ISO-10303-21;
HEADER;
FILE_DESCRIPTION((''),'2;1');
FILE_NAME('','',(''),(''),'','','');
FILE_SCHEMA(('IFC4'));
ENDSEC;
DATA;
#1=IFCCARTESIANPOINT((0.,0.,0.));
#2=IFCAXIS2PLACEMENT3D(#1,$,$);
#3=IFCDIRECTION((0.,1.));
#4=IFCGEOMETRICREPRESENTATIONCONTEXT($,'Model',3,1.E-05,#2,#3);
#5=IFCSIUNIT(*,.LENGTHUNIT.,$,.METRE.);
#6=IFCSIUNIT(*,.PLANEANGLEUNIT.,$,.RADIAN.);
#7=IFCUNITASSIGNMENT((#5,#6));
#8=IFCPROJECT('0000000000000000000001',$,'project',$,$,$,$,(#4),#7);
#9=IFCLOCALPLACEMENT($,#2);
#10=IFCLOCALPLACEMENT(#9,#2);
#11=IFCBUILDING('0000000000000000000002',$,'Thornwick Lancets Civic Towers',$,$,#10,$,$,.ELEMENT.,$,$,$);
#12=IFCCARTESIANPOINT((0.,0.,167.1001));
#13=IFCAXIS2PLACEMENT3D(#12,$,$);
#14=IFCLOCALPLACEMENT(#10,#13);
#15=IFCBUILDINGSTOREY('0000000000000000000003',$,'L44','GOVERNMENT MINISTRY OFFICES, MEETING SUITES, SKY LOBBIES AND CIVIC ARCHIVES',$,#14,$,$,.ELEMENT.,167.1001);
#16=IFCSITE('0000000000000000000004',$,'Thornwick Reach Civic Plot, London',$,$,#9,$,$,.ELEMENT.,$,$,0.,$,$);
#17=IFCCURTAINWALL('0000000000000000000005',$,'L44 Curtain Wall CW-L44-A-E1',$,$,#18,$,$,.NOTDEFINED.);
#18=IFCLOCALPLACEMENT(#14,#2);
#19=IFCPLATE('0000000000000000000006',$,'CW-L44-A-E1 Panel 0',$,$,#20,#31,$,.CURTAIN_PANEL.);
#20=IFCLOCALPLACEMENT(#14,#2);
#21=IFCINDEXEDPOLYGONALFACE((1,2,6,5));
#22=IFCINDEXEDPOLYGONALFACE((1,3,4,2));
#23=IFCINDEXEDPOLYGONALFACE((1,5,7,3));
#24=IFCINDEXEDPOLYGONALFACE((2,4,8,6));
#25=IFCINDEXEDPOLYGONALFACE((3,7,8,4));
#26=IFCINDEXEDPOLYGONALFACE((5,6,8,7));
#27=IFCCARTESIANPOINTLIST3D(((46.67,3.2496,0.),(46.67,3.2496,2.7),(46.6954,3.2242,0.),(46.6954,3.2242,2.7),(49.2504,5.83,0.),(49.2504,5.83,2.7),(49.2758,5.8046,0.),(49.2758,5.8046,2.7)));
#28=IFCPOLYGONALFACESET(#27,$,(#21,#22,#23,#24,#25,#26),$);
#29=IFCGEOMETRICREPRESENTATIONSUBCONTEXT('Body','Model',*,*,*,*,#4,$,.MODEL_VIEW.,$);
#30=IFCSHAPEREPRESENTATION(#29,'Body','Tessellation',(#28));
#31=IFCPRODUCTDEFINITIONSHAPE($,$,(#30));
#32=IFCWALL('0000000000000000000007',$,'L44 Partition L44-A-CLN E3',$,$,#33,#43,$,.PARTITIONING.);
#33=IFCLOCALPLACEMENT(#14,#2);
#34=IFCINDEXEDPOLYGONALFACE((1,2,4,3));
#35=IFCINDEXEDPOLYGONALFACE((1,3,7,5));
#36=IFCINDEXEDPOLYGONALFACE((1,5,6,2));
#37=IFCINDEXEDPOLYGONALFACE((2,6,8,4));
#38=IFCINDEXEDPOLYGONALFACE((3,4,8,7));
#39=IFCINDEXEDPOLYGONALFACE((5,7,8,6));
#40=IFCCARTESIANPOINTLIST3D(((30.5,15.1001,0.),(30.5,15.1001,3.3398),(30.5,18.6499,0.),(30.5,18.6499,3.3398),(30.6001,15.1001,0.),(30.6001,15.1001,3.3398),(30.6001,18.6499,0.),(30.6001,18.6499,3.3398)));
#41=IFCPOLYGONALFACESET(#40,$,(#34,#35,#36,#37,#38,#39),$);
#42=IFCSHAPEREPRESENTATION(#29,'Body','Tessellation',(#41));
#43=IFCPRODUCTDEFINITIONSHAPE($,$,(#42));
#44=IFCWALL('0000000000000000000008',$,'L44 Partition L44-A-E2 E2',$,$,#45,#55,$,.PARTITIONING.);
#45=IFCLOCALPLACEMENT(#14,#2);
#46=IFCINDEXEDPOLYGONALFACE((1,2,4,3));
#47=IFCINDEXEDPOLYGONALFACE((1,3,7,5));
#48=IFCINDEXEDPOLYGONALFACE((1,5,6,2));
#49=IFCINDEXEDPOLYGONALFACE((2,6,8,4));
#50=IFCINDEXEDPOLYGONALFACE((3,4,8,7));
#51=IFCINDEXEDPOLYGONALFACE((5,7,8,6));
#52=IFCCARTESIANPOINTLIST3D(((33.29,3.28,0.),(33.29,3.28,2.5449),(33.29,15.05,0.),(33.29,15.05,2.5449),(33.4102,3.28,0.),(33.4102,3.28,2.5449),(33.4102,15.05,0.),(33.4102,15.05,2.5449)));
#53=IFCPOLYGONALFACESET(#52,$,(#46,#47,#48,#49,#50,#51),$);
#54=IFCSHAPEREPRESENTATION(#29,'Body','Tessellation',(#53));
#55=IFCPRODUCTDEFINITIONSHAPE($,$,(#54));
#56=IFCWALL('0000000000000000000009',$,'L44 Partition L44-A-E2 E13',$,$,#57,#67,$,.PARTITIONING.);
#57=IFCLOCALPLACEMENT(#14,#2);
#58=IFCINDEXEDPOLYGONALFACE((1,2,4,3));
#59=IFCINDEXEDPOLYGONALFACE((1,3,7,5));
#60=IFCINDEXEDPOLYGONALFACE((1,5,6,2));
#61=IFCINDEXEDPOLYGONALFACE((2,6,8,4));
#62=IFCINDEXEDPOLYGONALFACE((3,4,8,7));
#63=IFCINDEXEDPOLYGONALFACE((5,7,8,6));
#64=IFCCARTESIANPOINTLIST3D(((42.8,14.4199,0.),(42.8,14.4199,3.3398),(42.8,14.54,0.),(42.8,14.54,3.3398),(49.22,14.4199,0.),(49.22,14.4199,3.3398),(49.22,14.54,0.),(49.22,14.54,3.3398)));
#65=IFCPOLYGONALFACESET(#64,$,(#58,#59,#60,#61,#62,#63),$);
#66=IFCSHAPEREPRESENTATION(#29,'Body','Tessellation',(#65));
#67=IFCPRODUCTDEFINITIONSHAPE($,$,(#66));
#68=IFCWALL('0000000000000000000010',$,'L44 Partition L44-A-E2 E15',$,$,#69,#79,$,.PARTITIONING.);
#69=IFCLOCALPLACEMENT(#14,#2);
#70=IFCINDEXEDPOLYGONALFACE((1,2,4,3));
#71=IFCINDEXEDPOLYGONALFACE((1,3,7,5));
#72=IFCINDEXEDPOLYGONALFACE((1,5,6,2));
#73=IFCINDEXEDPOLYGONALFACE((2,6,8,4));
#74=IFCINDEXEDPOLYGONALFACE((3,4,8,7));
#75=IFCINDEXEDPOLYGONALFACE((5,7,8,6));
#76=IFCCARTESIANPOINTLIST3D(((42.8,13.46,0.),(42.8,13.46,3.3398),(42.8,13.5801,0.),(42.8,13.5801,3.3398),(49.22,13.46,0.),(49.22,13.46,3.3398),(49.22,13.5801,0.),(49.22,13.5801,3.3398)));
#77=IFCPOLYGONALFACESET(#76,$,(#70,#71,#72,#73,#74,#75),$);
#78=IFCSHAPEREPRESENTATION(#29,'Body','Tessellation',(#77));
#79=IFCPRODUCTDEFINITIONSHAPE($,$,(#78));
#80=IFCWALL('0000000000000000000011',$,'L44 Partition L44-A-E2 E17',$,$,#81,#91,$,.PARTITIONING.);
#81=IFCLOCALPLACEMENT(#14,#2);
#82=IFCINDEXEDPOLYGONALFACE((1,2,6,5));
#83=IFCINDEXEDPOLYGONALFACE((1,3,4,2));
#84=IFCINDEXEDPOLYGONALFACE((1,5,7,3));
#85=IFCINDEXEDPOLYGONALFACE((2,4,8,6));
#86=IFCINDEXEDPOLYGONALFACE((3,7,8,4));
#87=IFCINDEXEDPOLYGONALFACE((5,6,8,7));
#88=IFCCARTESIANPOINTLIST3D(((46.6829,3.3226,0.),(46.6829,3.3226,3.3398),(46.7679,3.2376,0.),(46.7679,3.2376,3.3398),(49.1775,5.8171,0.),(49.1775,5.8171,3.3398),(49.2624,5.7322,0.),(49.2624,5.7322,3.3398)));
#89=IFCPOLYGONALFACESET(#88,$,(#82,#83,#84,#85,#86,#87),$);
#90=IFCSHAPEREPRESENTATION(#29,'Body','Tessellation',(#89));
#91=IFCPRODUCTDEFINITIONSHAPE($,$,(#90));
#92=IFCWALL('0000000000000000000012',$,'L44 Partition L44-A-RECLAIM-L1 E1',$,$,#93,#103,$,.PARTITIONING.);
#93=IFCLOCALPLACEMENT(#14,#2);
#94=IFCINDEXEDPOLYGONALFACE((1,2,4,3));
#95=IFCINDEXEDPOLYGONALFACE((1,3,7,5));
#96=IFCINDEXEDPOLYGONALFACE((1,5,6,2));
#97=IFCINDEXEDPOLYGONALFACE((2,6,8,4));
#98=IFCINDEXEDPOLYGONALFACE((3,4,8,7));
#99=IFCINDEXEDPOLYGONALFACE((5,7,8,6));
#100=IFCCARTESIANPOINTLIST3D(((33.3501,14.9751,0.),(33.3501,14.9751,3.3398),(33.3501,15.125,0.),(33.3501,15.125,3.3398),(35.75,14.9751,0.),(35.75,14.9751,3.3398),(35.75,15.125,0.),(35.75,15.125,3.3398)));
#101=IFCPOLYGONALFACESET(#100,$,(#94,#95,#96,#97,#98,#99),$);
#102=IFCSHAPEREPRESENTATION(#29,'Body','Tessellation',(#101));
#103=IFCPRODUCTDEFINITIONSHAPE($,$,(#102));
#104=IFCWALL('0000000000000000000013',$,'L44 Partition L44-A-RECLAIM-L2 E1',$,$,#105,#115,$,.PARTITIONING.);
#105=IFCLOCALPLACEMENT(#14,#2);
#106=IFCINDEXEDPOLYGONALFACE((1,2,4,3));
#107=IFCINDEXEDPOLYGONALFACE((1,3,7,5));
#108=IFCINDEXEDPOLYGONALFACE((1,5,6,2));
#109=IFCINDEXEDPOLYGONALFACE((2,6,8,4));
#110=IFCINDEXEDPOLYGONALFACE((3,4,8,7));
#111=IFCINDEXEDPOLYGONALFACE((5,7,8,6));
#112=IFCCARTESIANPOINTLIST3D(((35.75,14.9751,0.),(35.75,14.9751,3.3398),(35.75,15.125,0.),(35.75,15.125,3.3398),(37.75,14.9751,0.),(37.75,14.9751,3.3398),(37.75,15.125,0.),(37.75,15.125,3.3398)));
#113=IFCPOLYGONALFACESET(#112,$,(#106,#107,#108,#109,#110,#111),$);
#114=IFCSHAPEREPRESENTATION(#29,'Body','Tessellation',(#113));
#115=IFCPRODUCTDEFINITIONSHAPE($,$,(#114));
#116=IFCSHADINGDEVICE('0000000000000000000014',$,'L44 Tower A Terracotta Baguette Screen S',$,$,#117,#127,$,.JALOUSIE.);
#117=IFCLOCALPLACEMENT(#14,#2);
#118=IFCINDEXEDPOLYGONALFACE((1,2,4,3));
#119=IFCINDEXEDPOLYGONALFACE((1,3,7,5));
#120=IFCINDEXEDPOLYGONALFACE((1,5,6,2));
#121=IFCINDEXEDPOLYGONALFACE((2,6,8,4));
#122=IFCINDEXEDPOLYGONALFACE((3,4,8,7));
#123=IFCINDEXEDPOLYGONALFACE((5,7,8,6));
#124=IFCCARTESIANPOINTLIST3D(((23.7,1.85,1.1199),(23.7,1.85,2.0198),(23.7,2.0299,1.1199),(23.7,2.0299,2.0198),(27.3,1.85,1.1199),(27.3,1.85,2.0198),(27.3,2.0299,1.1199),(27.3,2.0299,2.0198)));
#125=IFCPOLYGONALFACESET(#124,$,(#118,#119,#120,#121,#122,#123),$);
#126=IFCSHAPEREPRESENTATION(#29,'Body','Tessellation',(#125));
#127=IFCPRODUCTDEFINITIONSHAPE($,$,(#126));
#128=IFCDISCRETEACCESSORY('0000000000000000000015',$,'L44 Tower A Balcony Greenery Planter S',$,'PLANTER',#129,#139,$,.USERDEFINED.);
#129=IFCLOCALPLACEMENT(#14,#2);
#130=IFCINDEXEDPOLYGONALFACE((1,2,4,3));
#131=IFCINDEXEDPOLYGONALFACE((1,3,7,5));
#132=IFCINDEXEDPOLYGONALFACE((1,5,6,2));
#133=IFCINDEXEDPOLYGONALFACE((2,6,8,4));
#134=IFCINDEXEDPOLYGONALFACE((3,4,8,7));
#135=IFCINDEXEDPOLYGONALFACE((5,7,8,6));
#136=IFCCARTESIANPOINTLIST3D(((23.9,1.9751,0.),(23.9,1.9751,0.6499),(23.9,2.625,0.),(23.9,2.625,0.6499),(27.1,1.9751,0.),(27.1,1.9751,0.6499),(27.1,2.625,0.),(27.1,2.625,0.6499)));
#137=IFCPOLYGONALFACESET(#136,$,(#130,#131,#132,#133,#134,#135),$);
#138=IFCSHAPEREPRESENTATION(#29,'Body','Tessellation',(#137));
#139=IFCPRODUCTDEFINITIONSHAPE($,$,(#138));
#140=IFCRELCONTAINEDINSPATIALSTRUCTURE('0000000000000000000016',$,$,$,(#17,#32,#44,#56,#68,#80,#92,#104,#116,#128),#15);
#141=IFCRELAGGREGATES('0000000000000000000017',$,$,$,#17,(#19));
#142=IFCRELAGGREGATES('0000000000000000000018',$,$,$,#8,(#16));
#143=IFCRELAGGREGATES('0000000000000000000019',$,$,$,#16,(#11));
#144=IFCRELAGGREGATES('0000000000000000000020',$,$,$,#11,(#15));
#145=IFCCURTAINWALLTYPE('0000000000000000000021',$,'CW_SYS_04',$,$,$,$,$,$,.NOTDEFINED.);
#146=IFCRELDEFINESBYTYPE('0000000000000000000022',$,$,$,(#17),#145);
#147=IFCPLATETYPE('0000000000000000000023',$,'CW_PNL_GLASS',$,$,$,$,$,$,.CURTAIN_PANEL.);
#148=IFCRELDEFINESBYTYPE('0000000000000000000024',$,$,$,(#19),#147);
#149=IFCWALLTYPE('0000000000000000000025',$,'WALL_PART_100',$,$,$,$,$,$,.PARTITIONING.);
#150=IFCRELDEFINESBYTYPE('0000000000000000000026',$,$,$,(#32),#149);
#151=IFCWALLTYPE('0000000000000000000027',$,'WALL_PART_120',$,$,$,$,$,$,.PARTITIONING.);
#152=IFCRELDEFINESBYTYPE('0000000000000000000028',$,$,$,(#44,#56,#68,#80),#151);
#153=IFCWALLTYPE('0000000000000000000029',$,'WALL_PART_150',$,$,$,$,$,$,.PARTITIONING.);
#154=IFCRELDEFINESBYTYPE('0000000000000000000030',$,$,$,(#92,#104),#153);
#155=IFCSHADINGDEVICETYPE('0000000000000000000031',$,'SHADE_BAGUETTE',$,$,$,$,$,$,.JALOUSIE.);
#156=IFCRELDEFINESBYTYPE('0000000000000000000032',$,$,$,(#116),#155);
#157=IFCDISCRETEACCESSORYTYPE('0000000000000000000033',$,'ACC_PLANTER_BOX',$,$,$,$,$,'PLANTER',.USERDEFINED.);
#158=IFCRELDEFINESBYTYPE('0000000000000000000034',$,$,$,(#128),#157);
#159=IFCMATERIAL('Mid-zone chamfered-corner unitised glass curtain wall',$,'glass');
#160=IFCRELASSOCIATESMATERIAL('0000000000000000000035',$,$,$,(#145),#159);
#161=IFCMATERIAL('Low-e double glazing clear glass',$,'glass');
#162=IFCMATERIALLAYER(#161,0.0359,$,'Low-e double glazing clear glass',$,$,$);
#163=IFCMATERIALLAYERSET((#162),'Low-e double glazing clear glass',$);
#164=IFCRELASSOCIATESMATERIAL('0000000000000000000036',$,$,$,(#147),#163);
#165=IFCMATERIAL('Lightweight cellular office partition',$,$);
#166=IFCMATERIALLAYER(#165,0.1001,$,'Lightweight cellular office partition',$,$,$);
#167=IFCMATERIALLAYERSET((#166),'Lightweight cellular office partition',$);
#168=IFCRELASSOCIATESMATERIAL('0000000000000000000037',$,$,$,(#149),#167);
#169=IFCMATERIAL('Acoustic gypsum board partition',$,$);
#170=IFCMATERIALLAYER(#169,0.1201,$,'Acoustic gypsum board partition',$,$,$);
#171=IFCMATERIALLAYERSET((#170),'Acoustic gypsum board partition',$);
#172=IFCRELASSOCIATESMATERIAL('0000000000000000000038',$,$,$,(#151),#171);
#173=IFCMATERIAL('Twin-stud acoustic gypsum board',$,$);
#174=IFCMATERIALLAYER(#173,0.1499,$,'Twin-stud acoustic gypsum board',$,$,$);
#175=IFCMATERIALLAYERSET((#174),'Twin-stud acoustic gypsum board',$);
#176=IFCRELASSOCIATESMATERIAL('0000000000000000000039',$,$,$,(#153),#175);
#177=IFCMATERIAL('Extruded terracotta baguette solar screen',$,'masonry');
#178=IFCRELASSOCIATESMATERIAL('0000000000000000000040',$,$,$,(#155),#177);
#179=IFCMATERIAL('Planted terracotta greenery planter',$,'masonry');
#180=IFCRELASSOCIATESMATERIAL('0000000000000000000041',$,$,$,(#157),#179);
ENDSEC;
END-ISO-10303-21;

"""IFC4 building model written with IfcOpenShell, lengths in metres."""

from ifc_helpers import new_model, si_unit, direction, frame, frame_2d, origin, origin_2d, place, context, subcontext, project, spatial, rectangle, extrude, material, layer, layer_set, type_object, element, aggregate, save


model = new_model("IFC4")

# Units and contexts
model_context = context("Model", 3, precision=1e-05, world=origin(), true_north=direction((0.0, 1.0)))
body_context = subcontext(model_context, "Body", "Model", "MODEL_VIEW")
ifc_project = project(units=[si_unit("LENGTHUNIT", "METRE"), si_unit("PLANEANGLEUNIT", "RADIAN")], contexts=[model_context])

# Site, building, storey
site_placement = place(None, origin())
site = spatial("IfcSite", under=ifc_project, at=site_placement, Name="Thornwick Reach Civic Plot, London", CompositionType="ELEMENT", RefElevation=0.0)
building_placement = place(site_placement, origin())
building = spatial("IfcBuilding", under=site, at=building_placement, Name="Thornwick Lancets Civic Towers", CompositionType="ELEMENT")
storey_placement = place(building_placement, frame((0.0, 0.0, 167.1001)))
storey = spatial("IfcBuildingStorey", under=building, at=storey_placement, Name="L44", Description="GOVERNMENT MINISTRY OFFICES, MEETING SUITES, SKY LOBBIES AND CIVIC ARCHIVES", CompositionType="ELEMENT", Elevation=167.1001)

# Curtain wall, plate
ifc_material_1 = material(Name="Mid-zone chamfered-corner unitised glass curtain wall", Category="glass")
curtain_wall_type = type_object("IfcCurtainWallType", Name="CW_SYS_04", PredefinedType="NOTDEFINED", material=ifc_material_1)
curtain_wall_placement = place(storey_placement, origin())
curtain_wall = element("IfcCurtainWall", 1, at=curtain_wall_placement, inside=storey, type_object=curtain_wall_type, Name="L44 Curtain Wall CW-L44-A-E1", PredefinedType="NOTDEFINED")
ifc_material_2 = material(Name="Low-e double glazing clear glass", Category="glass")
ifc_layer_1 = layer(ifc_material_2, 0.0359, Name="Low-e double glazing clear glass")
ifc_layer_set_1 = layer_set([ifc_layer_1], Name="Low-e double glazing clear glass")
plate_type = type_object("IfcPlateType", Name="CW_PNL_GLASS", PredefinedType="CURTAIN_PANEL", material=ifc_layer_set_1)
plate_placement = place(storey_placement, frame((47.9729, 4.5271, 0.0), z_axis=(0.0, 0.0, 1.0), x_axis=(0.707107, 0.707107, 0.0)))
plate = element("IfcPlate", 2, at=plate_placement, type_object=plate_type, Name="CW-L44-A-E1 Panel 0", PredefinedType="CURTAIN_PANEL", context=body_context, shape_type="SweptSolid", body=[
    extrude(rectangle(XDim=3.6492, YDim=0.0359, at=origin_2d()), origin(), (0.0, 0.0, 1.0), 2.7),
])
aggregate(curtain_wall, [plate])

# Walls
ifc_material_3 = material(Name="Lightweight cellular office partition")
ifc_layer_2 = layer(ifc_material_3, 0.1001, Name="Lightweight cellular office partition")
ifc_layer_set_2 = layer_set([ifc_layer_2], Name="Lightweight cellular office partition")
wall_type_1 = type_object("IfcWallType", Name="WALL_PART_100", PredefinedType="PARTITIONING", material=ifc_layer_set_2)
wall_1_placement = place(storey_placement, frame((30.55, 15.1001, 0.0), z_axis=(0.0, 0.0, 1.0), x_axis=(0.0, 1.0, 0.0)))
element("IfcWall", 3, at=wall_1_placement, inside=storey, type_object=wall_type_1, Name="L44 Partition L44-A-CLN E3", PredefinedType="PARTITIONING", context=body_context, shape_type="SweptSolid", body=[
    extrude(rectangle(XDim=3.5498, YDim=0.1001, at=frame_2d((1.7749, 0.0))), origin(), (0.0, 0.0, 1.0), 3.3398),
])
ifc_material_4 = material(Name="Acoustic gypsum board partition")
ifc_layer_3 = layer(ifc_material_4, 0.1201, Name="Acoustic gypsum board partition")
ifc_layer_set_3 = layer_set([ifc_layer_3], Name="Acoustic gypsum board partition")
wall_type_2 = type_object("IfcWallType", Name="WALL_PART_120", PredefinedType="PARTITIONING", material=ifc_layer_set_3)
wall_2_placement = place(storey_placement, frame((33.3501, 3.28, 0.0), z_axis=(0.0, 0.0, 1.0), x_axis=(0.0, 1.0, 0.0)))
element("IfcWall", 4, at=wall_2_placement, inside=storey, type_object=wall_type_2, Name="L44 Partition L44-A-E2 E2", PredefinedType="PARTITIONING", context=body_context, shape_type="SweptSolid", body=[
    extrude(rectangle(XDim=11.77, YDim=0.1201, at=frame_2d((5.885, 0.0))), origin(), (0.0, 0.0, 1.0), 2.5449),
])
for number, where, z_axis, x_axis, name in (
    (5, (49.22, 14.48, 0.0), (0.0, 0.0, 1.0), (-1.0, 0.0, 0.0), "L44 Partition L44-A-E2 E13"),
    (6, (42.8, 13.52, 0.0), (0.0, 0.0, 1.0), (1.0, 0.0, 0.0), "L44 Partition L44-A-E2 E15"),
):
    element("IfcWall", number, at=place(storey_placement, frame(where, z_axis=z_axis, x_axis=x_axis)), inside=storey, type_object=wall_type_2, Name=name, PredefinedType="PARTITIONING", context=body_context, shape_type="SweptSolid", body=[
        extrude(rectangle(XDim=6.4199, YDim=0.1201, at=frame_2d((3.21, 0.0))), origin(), (0.0, 0.0, 1.0), 3.3398),
    ])
wall_3_placement = place(storey_placement, frame((49.22, 5.7747, 0.0), z_axis=(0.0, 0.0, 1.0), x_axis=(-0.707107, -0.707107, 0.0)))
element("IfcWall", 7, at=wall_3_placement, inside=storey, type_object=wall_type_2, Name="L44 Partition L44-A-E2 E17", PredefinedType="PARTITIONING", context=body_context, shape_type="SweptSolid", body=[
    extrude(rectangle(XDim=3.5278, YDim=0.1201, at=frame_2d((1.7639, 0.0))), origin(), (0.0, 0.0, 1.0), 3.3398),
])
ifc_material_5 = material(Name="Twin-stud acoustic gypsum board")
ifc_layer_4 = layer(ifc_material_5, 0.1499, Name="Twin-stud acoustic gypsum board")
ifc_layer_set_4 = layer_set([ifc_layer_4], Name="Twin-stud acoustic gypsum board")
wall_type_3 = type_object("IfcWallType", Name="WALL_PART_150", PredefinedType="PARTITIONING", material=ifc_layer_set_4)
wall_4_placement = place(storey_placement, frame((35.75, 15.05, 0.0), z_axis=(0.0, 0.0, 1.0), x_axis=(-1.0, 0.0, 0.0)))
element("IfcWall", 8, at=wall_4_placement, inside=storey, type_object=wall_type_3, Name="L44 Partition L44-A-RECLAIM-L1 E1", PredefinedType="PARTITIONING", context=body_context, shape_type="SweptSolid", body=[
    extrude(rectangle(XDim=2.3999, YDim=0.1499, at=frame_2d((1.2, 0.0))), origin(), (0.0, 0.0, 1.0), 3.3398),
])
wall_5_placement = place(storey_placement, frame((37.75, 15.05, 0.0), z_axis=(0.0, 0.0, 1.0), x_axis=(-1.0, 0.0, 0.0)))
element("IfcWall", 9, at=wall_5_placement, inside=storey, type_object=wall_type_3, Name="L44 Partition L44-A-RECLAIM-L2 E1", PredefinedType="PARTITIONING", context=body_context, shape_type="SweptSolid", body=[
    extrude(rectangle(XDim=2.0, YDim=0.1499, at=frame_2d((1.0, 0.0))), origin(), (0.0, 0.0, 1.0), 3.3398),
])

# Shading device
ifc_material_6 = material(Name="Extruded terracotta baguette solar screen", Category="masonry")
shading_device_type = type_object("IfcShadingDeviceType", Name="SHADE_BAGUETTE", PredefinedType="JALOUSIE", material=ifc_material_6)
shading_device_placement = place(storey_placement, frame((25.5, 1.9399, 1.1199), z_axis=(0.0, 0.0, 1.0), x_axis=(1.0, 0.0, 0.0)))
element("IfcShadingDevice", 10, at=shading_device_placement, inside=storey, type_object=shading_device_type, Name="L44 Tower A Terracotta Baguette Screen S", PredefinedType="JALOUSIE", context=body_context, shape_type="SweptSolid", body=[
    extrude(rectangle(XDim=3.6001, YDim=0.1799, at=origin_2d()), origin(), (0.0, 0.0, 1.0), 0.8999),
])

# Discrete accessory
ifc_material_7 = material(Name="Planted terracotta greenery planter", Category="masonry")
discrete_accessory_type = type_object("IfcDiscreteAccessoryType", Name="ACC_PLANTER_BOX", ElementType="PLANTER", PredefinedType="USERDEFINED", material=ifc_material_7)
discrete_accessory_placement = place(storey_placement, frame((25.5, 2.3, 0.0), z_axis=(0.0, 0.0, 1.0), x_axis=(1.0, 0.0, 0.0)))
element("IfcDiscreteAccessory", 11, at=discrete_accessory_placement, inside=storey, type_object=discrete_accessory_type, Name="L44 Tower A Balcony Greenery Planter S", ObjectType="PLANTER", PredefinedType="USERDEFINED", context=body_context, shape_type="SweptSolid", body=[
    extrude(rectangle(XDim=3.2, YDim=0.6499, at=origin_2d()), origin(), (0.0, 0.0, 1.0), 0.6499),
])

save(model, "model.ifc")
